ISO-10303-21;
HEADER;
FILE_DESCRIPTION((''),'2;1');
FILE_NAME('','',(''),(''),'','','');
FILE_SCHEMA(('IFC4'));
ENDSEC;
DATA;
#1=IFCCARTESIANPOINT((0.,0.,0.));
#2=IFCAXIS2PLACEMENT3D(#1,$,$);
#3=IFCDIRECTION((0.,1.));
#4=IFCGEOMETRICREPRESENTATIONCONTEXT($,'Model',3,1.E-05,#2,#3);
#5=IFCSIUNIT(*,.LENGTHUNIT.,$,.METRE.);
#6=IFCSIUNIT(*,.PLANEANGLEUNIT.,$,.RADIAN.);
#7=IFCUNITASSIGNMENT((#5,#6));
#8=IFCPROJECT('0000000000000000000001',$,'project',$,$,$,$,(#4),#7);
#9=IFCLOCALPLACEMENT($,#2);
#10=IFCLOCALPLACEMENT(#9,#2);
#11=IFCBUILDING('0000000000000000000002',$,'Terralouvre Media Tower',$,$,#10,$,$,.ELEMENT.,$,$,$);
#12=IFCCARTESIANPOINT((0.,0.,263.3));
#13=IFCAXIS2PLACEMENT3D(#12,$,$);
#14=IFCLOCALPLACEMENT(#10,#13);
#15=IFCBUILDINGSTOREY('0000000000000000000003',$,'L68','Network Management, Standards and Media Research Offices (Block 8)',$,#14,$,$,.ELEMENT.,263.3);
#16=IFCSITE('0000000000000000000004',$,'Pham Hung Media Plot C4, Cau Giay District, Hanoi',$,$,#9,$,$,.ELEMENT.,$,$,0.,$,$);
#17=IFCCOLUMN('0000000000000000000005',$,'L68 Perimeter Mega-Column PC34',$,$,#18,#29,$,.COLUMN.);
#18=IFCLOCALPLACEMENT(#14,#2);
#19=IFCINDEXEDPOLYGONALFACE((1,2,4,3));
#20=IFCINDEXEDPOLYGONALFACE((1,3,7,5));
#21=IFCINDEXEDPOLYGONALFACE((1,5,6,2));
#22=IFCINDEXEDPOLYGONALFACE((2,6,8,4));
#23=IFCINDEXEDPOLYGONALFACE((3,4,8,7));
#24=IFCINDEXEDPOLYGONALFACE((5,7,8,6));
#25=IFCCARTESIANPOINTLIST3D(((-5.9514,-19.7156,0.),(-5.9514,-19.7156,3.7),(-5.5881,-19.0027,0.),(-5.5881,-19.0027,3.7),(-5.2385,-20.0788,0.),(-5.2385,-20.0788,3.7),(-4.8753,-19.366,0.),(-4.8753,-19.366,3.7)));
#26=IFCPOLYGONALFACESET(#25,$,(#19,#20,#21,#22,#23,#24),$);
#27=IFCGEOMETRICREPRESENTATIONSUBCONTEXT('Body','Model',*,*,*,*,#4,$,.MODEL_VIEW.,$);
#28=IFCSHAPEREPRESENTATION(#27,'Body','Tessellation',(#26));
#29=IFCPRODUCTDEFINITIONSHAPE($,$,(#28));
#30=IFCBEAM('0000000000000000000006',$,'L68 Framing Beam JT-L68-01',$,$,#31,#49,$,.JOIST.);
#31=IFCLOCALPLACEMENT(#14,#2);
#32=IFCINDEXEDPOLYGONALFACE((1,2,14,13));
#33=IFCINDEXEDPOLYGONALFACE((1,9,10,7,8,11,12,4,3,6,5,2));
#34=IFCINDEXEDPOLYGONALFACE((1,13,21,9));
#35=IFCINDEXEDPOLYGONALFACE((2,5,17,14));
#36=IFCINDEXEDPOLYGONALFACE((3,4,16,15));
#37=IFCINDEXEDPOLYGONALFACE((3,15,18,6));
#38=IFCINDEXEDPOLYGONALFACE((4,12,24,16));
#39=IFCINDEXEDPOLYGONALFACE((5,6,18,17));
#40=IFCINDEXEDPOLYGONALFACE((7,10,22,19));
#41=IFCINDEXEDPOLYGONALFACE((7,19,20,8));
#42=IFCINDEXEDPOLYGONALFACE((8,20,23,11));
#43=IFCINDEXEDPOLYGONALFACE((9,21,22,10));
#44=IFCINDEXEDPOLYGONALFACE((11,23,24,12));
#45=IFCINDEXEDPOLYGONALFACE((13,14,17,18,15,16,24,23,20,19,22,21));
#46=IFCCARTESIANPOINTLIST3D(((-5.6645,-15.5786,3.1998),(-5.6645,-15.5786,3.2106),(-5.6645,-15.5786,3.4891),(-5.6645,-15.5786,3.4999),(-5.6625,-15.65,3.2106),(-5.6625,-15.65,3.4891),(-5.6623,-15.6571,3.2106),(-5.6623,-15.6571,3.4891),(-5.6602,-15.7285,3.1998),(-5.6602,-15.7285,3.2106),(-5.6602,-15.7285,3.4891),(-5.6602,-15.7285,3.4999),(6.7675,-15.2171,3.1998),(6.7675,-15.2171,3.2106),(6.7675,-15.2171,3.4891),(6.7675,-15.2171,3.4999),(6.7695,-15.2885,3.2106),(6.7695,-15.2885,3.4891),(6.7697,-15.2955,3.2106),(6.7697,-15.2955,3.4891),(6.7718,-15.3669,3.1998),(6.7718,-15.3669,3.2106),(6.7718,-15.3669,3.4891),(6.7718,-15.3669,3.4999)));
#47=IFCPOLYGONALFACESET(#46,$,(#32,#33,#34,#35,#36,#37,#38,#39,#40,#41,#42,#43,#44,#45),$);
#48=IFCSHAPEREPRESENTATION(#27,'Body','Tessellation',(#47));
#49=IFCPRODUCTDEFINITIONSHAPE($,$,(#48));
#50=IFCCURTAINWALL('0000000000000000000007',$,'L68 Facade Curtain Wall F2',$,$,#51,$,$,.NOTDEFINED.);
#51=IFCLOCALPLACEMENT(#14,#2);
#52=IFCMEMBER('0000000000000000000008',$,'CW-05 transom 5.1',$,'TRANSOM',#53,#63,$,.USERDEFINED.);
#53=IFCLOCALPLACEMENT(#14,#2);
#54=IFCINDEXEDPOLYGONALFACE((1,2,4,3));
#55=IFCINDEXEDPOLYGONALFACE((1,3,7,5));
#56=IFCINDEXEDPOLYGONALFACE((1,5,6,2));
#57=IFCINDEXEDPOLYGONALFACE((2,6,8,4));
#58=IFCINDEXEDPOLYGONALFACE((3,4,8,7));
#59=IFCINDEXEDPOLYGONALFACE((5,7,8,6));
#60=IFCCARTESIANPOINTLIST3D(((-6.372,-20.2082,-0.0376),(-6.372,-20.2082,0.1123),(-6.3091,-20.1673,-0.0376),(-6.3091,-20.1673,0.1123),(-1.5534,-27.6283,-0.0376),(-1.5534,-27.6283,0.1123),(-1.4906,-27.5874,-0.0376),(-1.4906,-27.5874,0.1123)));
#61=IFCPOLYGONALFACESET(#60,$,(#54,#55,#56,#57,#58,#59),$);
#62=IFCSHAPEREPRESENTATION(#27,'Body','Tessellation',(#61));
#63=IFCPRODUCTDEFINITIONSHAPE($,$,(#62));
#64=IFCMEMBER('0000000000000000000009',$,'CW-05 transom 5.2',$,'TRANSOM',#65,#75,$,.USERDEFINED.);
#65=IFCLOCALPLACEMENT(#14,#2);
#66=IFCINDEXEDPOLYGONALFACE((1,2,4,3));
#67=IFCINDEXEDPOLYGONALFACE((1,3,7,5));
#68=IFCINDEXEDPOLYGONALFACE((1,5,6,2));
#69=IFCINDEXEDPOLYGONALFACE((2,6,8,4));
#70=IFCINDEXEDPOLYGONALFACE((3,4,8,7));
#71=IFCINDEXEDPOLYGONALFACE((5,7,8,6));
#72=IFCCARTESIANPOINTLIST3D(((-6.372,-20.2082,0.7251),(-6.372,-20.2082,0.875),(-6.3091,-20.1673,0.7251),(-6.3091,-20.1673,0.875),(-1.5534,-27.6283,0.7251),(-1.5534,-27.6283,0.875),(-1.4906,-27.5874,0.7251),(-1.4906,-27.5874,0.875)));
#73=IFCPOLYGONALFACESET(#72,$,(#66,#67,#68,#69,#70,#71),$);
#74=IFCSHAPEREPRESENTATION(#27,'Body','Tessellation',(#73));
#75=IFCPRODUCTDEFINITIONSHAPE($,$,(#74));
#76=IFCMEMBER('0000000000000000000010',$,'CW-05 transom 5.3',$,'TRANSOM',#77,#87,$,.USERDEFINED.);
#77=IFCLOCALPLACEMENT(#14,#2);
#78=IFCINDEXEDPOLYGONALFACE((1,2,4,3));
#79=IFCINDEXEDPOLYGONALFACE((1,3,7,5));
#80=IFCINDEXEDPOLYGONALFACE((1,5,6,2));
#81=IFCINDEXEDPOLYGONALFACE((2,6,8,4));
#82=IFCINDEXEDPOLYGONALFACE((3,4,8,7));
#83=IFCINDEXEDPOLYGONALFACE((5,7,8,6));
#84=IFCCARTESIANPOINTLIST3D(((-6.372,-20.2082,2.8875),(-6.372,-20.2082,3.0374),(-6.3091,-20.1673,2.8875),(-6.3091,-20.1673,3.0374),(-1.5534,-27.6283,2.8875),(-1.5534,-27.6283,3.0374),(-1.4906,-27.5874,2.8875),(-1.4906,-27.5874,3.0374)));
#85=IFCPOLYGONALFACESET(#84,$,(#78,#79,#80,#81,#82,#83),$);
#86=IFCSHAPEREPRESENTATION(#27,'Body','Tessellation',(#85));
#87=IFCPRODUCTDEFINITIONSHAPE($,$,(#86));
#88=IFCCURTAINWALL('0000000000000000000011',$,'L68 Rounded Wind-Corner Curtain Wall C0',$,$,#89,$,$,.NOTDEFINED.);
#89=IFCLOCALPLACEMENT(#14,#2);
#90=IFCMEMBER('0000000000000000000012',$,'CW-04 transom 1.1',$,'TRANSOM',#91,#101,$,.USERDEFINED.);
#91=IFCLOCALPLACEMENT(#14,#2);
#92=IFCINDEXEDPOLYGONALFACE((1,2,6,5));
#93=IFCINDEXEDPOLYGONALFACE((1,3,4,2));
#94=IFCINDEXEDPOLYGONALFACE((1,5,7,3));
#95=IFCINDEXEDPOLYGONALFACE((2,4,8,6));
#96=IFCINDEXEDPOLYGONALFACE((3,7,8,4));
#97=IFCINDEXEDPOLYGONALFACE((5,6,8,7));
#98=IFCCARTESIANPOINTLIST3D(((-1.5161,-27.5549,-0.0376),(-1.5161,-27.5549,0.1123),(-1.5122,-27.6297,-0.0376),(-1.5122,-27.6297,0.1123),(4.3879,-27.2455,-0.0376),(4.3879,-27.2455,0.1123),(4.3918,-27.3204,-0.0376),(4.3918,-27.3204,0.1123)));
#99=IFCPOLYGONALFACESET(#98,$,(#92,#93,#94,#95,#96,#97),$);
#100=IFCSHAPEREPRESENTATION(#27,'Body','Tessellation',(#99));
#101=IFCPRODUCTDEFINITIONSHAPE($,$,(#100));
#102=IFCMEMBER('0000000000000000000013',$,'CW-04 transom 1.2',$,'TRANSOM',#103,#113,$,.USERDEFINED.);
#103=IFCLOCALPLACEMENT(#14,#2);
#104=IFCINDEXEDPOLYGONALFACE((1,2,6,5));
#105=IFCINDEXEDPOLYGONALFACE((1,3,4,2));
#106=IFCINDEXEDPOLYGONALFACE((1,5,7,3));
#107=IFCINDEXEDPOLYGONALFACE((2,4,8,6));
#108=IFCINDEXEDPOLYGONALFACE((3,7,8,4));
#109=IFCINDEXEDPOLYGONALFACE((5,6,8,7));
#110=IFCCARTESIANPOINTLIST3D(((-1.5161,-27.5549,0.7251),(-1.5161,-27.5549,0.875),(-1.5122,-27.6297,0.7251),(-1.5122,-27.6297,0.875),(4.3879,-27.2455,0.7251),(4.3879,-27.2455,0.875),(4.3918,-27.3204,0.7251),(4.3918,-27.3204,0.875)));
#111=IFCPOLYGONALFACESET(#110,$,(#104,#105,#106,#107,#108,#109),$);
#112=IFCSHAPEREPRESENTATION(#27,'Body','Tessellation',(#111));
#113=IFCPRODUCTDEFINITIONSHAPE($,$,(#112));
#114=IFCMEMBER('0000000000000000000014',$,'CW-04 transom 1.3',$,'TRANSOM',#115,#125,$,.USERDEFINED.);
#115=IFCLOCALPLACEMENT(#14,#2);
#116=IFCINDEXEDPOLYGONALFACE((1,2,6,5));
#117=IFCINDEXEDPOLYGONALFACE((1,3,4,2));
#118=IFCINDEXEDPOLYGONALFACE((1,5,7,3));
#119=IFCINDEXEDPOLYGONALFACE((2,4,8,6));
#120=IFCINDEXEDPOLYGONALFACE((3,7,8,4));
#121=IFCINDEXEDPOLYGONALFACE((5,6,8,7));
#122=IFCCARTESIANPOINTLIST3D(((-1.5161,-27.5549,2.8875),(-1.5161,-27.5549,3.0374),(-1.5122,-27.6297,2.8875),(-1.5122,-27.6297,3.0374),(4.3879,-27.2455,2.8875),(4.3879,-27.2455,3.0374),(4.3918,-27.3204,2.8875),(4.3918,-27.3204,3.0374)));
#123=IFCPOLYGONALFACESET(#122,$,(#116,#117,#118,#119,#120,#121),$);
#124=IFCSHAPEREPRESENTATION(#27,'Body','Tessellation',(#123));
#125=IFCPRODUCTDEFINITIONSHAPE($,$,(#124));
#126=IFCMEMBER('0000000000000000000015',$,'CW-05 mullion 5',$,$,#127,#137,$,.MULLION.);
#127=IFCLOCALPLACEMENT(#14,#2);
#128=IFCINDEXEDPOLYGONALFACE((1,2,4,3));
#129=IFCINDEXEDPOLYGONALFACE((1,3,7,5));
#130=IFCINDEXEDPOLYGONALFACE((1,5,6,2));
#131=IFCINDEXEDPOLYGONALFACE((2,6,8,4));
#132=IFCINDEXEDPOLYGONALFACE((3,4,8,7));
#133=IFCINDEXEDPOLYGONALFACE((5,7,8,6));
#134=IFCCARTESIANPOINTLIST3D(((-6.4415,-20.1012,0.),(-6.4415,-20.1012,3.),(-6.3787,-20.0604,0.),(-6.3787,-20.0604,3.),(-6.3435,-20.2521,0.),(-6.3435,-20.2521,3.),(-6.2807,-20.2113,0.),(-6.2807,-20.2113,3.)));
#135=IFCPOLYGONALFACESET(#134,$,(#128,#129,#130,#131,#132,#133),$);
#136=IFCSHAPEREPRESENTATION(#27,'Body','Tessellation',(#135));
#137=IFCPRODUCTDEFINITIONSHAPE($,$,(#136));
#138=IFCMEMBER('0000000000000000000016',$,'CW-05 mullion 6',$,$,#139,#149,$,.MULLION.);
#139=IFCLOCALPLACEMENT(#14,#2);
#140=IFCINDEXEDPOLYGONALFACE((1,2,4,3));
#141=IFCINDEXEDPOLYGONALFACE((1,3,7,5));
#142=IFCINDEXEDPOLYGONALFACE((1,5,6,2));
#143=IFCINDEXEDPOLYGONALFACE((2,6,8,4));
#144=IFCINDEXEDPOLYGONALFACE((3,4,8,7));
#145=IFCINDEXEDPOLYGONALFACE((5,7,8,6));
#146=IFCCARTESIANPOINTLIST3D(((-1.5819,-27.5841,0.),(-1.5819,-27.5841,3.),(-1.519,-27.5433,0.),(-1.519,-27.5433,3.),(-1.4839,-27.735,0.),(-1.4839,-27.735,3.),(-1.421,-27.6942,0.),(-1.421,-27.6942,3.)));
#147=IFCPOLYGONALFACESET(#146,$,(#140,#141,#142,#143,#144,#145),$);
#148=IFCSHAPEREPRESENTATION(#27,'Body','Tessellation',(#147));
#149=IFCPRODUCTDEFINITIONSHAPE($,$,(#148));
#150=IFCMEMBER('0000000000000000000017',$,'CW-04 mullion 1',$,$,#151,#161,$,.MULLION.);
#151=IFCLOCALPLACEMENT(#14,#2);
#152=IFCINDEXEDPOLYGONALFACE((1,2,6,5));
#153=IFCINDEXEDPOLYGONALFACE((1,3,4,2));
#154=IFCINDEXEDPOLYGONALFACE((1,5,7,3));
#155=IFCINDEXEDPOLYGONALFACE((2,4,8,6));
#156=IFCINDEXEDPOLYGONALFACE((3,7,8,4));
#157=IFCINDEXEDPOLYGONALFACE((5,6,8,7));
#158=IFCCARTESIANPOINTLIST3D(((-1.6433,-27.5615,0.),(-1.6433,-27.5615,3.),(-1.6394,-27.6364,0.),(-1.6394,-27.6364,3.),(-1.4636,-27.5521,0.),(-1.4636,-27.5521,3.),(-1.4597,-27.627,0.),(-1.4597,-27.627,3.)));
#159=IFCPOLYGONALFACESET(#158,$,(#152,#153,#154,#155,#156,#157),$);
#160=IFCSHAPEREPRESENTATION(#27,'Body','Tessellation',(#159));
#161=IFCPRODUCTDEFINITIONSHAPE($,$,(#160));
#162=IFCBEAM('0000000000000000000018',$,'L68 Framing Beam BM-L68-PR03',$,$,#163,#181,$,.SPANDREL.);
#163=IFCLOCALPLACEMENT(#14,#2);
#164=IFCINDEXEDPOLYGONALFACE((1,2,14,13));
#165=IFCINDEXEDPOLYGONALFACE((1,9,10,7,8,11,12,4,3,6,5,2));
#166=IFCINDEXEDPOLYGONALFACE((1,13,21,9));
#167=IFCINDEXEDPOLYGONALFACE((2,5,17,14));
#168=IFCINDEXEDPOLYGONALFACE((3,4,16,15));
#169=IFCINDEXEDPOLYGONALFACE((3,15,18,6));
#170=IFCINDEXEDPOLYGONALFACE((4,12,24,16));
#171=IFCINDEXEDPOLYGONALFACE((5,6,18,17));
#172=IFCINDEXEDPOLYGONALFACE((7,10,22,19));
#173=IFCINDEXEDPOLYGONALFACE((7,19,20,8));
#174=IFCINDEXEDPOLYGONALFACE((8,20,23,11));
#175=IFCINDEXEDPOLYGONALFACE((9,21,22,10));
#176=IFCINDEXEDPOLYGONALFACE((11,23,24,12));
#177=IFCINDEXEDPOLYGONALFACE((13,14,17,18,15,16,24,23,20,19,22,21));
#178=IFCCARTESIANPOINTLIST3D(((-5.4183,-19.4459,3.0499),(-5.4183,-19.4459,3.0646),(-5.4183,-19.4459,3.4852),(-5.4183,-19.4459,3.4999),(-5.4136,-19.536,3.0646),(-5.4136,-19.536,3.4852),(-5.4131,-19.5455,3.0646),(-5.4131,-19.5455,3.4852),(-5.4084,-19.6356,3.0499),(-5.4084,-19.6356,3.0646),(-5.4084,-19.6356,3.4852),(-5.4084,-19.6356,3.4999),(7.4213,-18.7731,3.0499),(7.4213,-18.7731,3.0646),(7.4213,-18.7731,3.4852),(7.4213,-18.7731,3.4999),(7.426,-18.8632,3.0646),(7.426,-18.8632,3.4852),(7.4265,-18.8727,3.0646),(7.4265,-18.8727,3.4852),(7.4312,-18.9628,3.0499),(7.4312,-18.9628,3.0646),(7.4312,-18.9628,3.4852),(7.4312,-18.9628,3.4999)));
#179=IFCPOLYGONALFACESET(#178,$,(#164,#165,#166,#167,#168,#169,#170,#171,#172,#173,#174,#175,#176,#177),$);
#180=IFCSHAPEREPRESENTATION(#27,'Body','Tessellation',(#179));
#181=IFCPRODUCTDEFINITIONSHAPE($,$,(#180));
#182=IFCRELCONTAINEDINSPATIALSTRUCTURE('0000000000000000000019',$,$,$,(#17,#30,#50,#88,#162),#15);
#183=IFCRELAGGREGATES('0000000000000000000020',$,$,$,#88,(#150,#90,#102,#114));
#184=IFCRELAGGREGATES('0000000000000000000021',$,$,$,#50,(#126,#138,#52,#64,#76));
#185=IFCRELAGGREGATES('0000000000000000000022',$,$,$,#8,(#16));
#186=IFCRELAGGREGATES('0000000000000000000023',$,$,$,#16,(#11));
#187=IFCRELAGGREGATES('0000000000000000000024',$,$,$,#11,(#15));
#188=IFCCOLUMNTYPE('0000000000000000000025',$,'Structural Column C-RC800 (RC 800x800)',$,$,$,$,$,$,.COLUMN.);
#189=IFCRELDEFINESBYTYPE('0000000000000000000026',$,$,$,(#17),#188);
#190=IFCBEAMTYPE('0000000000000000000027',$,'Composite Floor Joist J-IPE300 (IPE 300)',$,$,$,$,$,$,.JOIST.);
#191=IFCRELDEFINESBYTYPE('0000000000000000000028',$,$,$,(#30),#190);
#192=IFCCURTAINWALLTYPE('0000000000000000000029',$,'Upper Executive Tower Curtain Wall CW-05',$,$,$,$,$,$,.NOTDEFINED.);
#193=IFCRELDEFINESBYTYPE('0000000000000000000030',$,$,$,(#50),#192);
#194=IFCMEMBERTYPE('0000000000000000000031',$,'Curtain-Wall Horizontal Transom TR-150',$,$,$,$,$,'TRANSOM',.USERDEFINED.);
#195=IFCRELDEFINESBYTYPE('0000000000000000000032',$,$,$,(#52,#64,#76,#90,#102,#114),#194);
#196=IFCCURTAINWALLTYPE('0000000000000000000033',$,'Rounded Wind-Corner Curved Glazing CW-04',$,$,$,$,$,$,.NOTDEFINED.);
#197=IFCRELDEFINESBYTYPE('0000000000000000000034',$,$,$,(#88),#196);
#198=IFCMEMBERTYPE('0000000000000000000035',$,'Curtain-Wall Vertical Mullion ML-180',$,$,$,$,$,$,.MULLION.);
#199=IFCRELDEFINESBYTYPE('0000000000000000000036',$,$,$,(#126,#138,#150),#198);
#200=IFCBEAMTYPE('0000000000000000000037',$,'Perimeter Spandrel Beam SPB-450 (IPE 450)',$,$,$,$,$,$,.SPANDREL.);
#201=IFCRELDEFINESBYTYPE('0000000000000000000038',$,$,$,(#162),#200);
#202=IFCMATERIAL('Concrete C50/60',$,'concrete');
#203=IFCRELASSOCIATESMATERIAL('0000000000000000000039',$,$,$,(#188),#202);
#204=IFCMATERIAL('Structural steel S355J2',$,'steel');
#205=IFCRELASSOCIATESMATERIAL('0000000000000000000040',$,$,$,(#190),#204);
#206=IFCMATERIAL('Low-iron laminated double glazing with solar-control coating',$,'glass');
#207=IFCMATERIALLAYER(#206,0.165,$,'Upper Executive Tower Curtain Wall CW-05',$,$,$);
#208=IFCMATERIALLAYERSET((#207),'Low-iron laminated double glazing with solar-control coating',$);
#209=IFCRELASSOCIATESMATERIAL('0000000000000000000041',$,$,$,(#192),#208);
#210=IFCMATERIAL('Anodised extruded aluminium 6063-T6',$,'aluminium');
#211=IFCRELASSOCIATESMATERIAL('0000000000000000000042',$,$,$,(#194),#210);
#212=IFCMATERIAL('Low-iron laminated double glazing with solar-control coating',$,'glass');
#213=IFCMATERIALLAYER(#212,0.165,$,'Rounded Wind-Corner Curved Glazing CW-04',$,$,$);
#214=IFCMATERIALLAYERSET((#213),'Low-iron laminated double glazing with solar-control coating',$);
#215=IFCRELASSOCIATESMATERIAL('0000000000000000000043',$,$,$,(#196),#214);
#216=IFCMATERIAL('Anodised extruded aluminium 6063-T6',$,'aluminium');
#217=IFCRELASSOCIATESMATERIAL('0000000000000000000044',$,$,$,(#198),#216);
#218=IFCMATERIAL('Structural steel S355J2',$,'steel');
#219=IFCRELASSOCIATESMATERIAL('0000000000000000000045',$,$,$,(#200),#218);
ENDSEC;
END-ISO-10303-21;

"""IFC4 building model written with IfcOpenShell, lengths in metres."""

from ifc_helpers import new_model, si_unit, direction, frame, origin, origin_2d, place, context, subcontext, project, spatial, rectangle, i_section, extrude, material, layer, layer_set, material_profile, profile_set, type_object, element, aggregate, save


model = new_model("IFC4")

# Units and contexts
model_context = context("Model", 3, precision=1e-05, world=origin(), true_north=direction((0.0, 1.0)))
body_context = subcontext(model_context, "Body", "Model", "MODEL_VIEW")
ifc_project = project(units=[si_unit("LENGTHUNIT", "METRE"), si_unit("PLANEANGLEUNIT", "RADIAN")], contexts=[model_context])

# Site, building, storey
site_placement = place(None, origin())
site = spatial("IfcSite", under=ifc_project, at=site_placement, Name="Pham Hung Media Plot C4, Cau Giay District, Hanoi", CompositionType="ELEMENT", RefElevation=0.0)
building_placement = place(site_placement, origin())
building = spatial("IfcBuilding", under=site, at=building_placement, Name="Terralouvre Media Tower", CompositionType="ELEMENT")
storey_placement = place(building_placement, frame((0.0, 0.0, 263.3)))
storey = spatial("IfcBuildingStorey", under=building, at=storey_placement, Name="L68", Description="Network Management, Standards and Media Research Offices (Block 8)", CompositionType="ELEMENT", Elevation=263.3)

# Column
ifc_material_1 = material(Name="Concrete C50/60", Category="concrete")
ifc_material_profile_1 = material_profile(ifc_material_1, rectangle(XDim=0.8, YDim=0.8, at=origin_2d()), Name="RC 800x800")
ifc_profile_set_1 = profile_set([ifc_material_profile_1], Name="Concrete C50/60")
column_type = type_object("IfcColumnType", Name="Structural Column C-RC800 (RC 800x800)", PredefinedType="COLUMN", material=ifc_profile_set_1)
column_placement = place(storey_placement, frame((-5.4133, -19.5408, 0.0), z_axis=(0.0, 0.0, 1.0), x_axis=(0.45399, 0.891007, 0.0)))
element("IfcColumn", 1, at=column_placement, inside=storey, type_object=column_type, Name="L68 Perimeter Mega-Column PC34", PredefinedType="COLUMN", context=body_context, shape_type="SweptSolid", body=[
    extrude(rectangle(XDim=0.8, YDim=0.8, at=origin_2d()), origin(), (0.0, 0.0, 1.0), 3.7),
])

# Beam
ifc_material_2 = material(Name="Structural steel S355J2", Category="steel")
ifc_material_profile_2 = material_profile(ifc_material_2, i_section(OverallWidth=0.1499, OverallDepth=0.3, WebThickness=0.0071, FlangeThickness=0.0107, at=origin_2d()), Name="IPE 300")
ifc_profile_set_2 = profile_set([ifc_material_profile_2], Name="Structural steel S355J2")
beam_type_1 = type_object("IfcBeamType", Name="Composite Floor Joist J-IPE300 (IPE 300)", PredefinedType="JOIST", material=ifc_profile_set_2)
beam_1_placement = place(storey_placement, frame((-5.6624, -15.6536, 3.3499), z_axis=(0.999577, 0.029072, 0.0), x_axis=(-0.029072, 0.999577, 0.0)))
element("IfcBeam", 2, at=beam_1_placement, inside=storey, type_object=beam_type_1, Name="L68 Framing Beam JT-L68-01", PredefinedType="JOIST", context=body_context, shape_type="SweptSolid", body=[
    extrude(i_section(OverallWidth=0.1499, OverallDepth=0.3, WebThickness=0.0071, FlangeThickness=0.0107, at=origin_2d()), origin(), (0.0, 0.0, 1.0), 12.4373),
])

# Curtain walls, members
ifc_material_3 = material(Name="Low-iron laminated double glazing with solar-control coating", Category="glass")
ifc_layer_1 = layer(ifc_material_3, 0.165, Name="Upper Executive Tower Curtain Wall CW-05")
ifc_layer_set_1 = layer_set([ifc_layer_1], Name="Low-iron laminated double glazing with solar-control coating")
curtain_wall_type_1 = type_object("IfcCurtainWallType", Name="Upper Executive Tower Curtain Wall CW-05", PredefinedType="NOTDEFINED", material=ifc_layer_set_1)
curtain_wall_1_placement = place(storey_placement, origin())
curtain_wall_1 = element("IfcCurtainWall", 3, at=curtain_wall_1_placement, inside=storey, type_object=curtain_wall_type_1, Name="L68 Facade Curtain Wall F2", PredefinedType="NOTDEFINED")
ifc_material_4 = material(Name="Anodised extruded aluminium 6063-T6", Category="aluminium")
ifc_material_profile_3 = material_profile(ifc_material_4, rectangle(XDim=0.075, YDim=0.1499, at=origin_2d()), Name="ALU 75x150")
ifc_profile_set_3 = profile_set([ifc_material_profile_3], Name="Anodised extruded aluminium 6063-T6")
member_type_1 = type_object("IfcMemberType", Name="Curtain-Wall Horizontal Transom TR-150", ElementType="TRANSOM", PredefinedType="USERDEFINED", material=ifc_profile_set_3)
member_1_placement = place(storey_placement, frame((-6.3406, -20.1877, 0.0374), z_axis=(0.54463, -0.838676, 0.0), x_axis=(0.838676, 0.54463, 0.0)))
member_1 = element("IfcMember", 4, at=member_1_placement, type_object=member_type_1, Name="CW-05 transom 5.1", ObjectType="TRANSOM", PredefinedType="USERDEFINED", context=body_context, shape_type="SweptSolid", body=[
    extrude(rectangle(XDim=0.075, YDim=0.1499, at=origin_2d()), origin(), (0.0, 0.0, 1.0), 8.8474),
])
member_2_placement = place(storey_placement, frame((-6.3406, -20.1877, 0.8), z_axis=(0.54463, -0.838676, 0.0), x_axis=(0.838676, 0.54463, 0.0)))
member_2 = element("IfcMember", 5, at=member_2_placement, type_object=member_type_1, Name="CW-05 transom 5.2", ObjectType="TRANSOM", PredefinedType="USERDEFINED", context=body_context, shape_type="SweptSolid", body=[
    extrude(rectangle(XDim=0.075, YDim=0.1499, at=origin_2d()), origin(), (0.0, 0.0, 1.0), 8.8474),
])
member_3_placement = place(storey_placement, frame((-6.3406, -20.1877, 2.9624), z_axis=(0.54463, -0.838676, 0.0), x_axis=(0.838676, 0.54463, 0.0)))
member_3 = element("IfcMember", 6, at=member_3_placement, type_object=member_type_1, Name="CW-05 transom 5.3", ObjectType="TRANSOM", PredefinedType="USERDEFINED", context=body_context, shape_type="SweptSolid", body=[
    extrude(rectangle(XDim=0.075, YDim=0.1499, at=origin_2d()), origin(), (0.0, 0.0, 1.0), 8.8474),
])
ifc_material_5 = material(Name="Low-iron laminated double glazing with solar-control coating", Category="glass")
ifc_layer_2 = layer(ifc_material_5, 0.165, Name="Rounded Wind-Corner Curved Glazing CW-04")
ifc_layer_set_2 = layer_set([ifc_layer_2], Name="Low-iron laminated double glazing with solar-control coating")
curtain_wall_type_2 = type_object("IfcCurtainWallType", Name="Rounded Wind-Corner Curved Glazing CW-04", PredefinedType="NOTDEFINED", material=ifc_layer_set_2)
curtain_wall_2_placement = place(storey_placement, origin())
curtain_wall_2 = element("IfcCurtainWall", 7, at=curtain_wall_2_placement, inside=storey, type_object=curtain_wall_type_2, Name="L68 Rounded Wind-Corner Curtain Wall C0", PredefinedType="NOTDEFINED")
member_4_placement = place(storey_placement, frame((-1.5142, -27.5923, 0.0374), z_axis=(0.99863, 0.05232, 0.0), x_axis=(-0.05232, 0.99863, 0.0)))
member_4 = element("IfcMember", 8, at=member_4_placement, type_object=member_type_1, Name="CW-04 transom 1.1", ObjectType="TRANSOM", PredefinedType="USERDEFINED", context=body_context, shape_type="SweptSolid", body=[
    extrude(rectangle(XDim=0.075, YDim=0.1499, at=origin_2d()), origin(), (0.0, 0.0, 1.0), 5.9121),
])
member_5_placement = place(storey_placement, frame((-1.5142, -27.5923, 0.8), z_axis=(0.99863, 0.05232, 0.0), x_axis=(-0.05232, 0.99863, 0.0)))
member_5 = element("IfcMember", 9, at=member_5_placement, type_object=member_type_1, Name="CW-04 transom 1.2", ObjectType="TRANSOM", PredefinedType="USERDEFINED", context=body_context, shape_type="SweptSolid", body=[
    extrude(rectangle(XDim=0.075, YDim=0.1499, at=origin_2d()), origin(), (0.0, 0.0, 1.0), 5.9121),
])
member_6_placement = place(storey_placement, frame((-1.5142, -27.5923, 2.9624), z_axis=(0.99863, 0.05232, 0.0), x_axis=(-0.05232, 0.99863, 0.0)))
member_6 = element("IfcMember", 10, at=member_6_placement, type_object=member_type_1, Name="CW-04 transom 1.3", ObjectType="TRANSOM", PredefinedType="USERDEFINED", context=body_context, shape_type="SweptSolid", body=[
    extrude(rectangle(XDim=0.075, YDim=0.1499, at=origin_2d()), origin(), (0.0, 0.0, 1.0), 5.9121),
])

# Members
ifc_material_6 = material(Name="Anodised extruded aluminium 6063-T6", Category="aluminium")
ifc_material_profile_4 = material_profile(ifc_material_6, rectangle(XDim=0.075, YDim=0.1799, at=origin_2d()), Name="ALU 75x180")
ifc_profile_set_4 = profile_set([ifc_material_profile_4], Name="Anodised extruded aluminium 6063-T6")
member_type_2 = type_object("IfcMemberType", Name="Curtain-Wall Vertical Mullion ML-180", PredefinedType="MULLION", material=ifc_profile_set_4)
member_7_placement = place(storey_placement, frame((-6.3611, -20.1562, 0.0), z_axis=(0.0, 0.0, 1.0), x_axis=(0.838671, 0.544639, 0.0)))
member_7 = element("IfcMember", 11, at=member_7_placement, type_object=member_type_2, Name="CW-05 mullion 5", PredefinedType="MULLION", context=body_context, shape_type="SweptSolid", body=[
    extrude(rectangle(XDim=0.075, YDim=0.1799, at=origin_2d()), origin(), (0.0, 0.0, 1.0), 3.0),
])
member_8_placement = place(storey_placement, frame((-1.5015, -27.6392, 0.0), z_axis=(0.0, 0.0, 1.0), x_axis=(0.838671, 0.544639, 0.0)))
member_8 = element("IfcMember", 12, at=member_8_placement, type_object=member_type_2, Name="CW-05 mullion 6", PredefinedType="MULLION", context=body_context, shape_type="SweptSolid", body=[
    extrude(rectangle(XDim=0.075, YDim=0.1799, at=origin_2d()), origin(), (0.0, 0.0, 1.0), 3.0),
])
member_9_placement = place(storey_placement, frame((-1.5515, -27.5942, 0.0), z_axis=(0.0, 0.0, 1.0), x_axis=(-0.052336, 0.99863, 0.0)))
member_9 = element("IfcMember", 13, at=member_9_placement, type_object=member_type_2, Name="CW-04 mullion 1", PredefinedType="MULLION", context=body_context, shape_type="SweptSolid", body=[
    extrude(rectangle(XDim=0.075, YDim=0.1799, at=origin_2d()), origin(), (0.0, 0.0, 1.0), 3.0),
])
aggregate(curtain_wall_2, [member_9, member_4, member_5, member_6])

# Beam
ifc_material_7 = material(Name="Structural steel S355J2", Category="steel")
ifc_material_profile_5 = material_profile(ifc_material_7, i_section(OverallWidth=0.1899, OverallDepth=0.45, WebThickness=0.0095, FlangeThickness=0.0146, at=origin_2d()), Name="IPE 450")
ifc_profile_set_5 = profile_set([ifc_material_profile_5], Name="Structural steel S355J2")
beam_type_2 = type_object("IfcBeamType", Name="Perimeter Spandrel Beam SPB-450 (IPE 450)", PredefinedType="SPANDREL", material=ifc_profile_set_5)
beam_2_placement = place(storey_placement, frame((-5.4133, -19.5408, 3.2749), z_axis=(0.99863, 0.052333, 0.0), x_axis=(-0.052333, 0.99863, 0.0)))
element("IfcBeam", 14, at=beam_2_placement, inside=storey, type_object=beam_type_2, Name="L68 Framing Beam BM-L68-PR03", PredefinedType="SPANDREL", context=body_context, shape_type="SweptSolid", body=[
    extrude(i_section(OverallWidth=0.1899, OverallDepth=0.45, WebThickness=0.0095, FlangeThickness=0.0146, at=origin_2d()), origin(), (0.0, 0.0, 1.0), 12.8572),
])

aggregate(curtain_wall_1, [member_7, member_8, member_1, member_2, member_3])

save(model, "model.ifc")
